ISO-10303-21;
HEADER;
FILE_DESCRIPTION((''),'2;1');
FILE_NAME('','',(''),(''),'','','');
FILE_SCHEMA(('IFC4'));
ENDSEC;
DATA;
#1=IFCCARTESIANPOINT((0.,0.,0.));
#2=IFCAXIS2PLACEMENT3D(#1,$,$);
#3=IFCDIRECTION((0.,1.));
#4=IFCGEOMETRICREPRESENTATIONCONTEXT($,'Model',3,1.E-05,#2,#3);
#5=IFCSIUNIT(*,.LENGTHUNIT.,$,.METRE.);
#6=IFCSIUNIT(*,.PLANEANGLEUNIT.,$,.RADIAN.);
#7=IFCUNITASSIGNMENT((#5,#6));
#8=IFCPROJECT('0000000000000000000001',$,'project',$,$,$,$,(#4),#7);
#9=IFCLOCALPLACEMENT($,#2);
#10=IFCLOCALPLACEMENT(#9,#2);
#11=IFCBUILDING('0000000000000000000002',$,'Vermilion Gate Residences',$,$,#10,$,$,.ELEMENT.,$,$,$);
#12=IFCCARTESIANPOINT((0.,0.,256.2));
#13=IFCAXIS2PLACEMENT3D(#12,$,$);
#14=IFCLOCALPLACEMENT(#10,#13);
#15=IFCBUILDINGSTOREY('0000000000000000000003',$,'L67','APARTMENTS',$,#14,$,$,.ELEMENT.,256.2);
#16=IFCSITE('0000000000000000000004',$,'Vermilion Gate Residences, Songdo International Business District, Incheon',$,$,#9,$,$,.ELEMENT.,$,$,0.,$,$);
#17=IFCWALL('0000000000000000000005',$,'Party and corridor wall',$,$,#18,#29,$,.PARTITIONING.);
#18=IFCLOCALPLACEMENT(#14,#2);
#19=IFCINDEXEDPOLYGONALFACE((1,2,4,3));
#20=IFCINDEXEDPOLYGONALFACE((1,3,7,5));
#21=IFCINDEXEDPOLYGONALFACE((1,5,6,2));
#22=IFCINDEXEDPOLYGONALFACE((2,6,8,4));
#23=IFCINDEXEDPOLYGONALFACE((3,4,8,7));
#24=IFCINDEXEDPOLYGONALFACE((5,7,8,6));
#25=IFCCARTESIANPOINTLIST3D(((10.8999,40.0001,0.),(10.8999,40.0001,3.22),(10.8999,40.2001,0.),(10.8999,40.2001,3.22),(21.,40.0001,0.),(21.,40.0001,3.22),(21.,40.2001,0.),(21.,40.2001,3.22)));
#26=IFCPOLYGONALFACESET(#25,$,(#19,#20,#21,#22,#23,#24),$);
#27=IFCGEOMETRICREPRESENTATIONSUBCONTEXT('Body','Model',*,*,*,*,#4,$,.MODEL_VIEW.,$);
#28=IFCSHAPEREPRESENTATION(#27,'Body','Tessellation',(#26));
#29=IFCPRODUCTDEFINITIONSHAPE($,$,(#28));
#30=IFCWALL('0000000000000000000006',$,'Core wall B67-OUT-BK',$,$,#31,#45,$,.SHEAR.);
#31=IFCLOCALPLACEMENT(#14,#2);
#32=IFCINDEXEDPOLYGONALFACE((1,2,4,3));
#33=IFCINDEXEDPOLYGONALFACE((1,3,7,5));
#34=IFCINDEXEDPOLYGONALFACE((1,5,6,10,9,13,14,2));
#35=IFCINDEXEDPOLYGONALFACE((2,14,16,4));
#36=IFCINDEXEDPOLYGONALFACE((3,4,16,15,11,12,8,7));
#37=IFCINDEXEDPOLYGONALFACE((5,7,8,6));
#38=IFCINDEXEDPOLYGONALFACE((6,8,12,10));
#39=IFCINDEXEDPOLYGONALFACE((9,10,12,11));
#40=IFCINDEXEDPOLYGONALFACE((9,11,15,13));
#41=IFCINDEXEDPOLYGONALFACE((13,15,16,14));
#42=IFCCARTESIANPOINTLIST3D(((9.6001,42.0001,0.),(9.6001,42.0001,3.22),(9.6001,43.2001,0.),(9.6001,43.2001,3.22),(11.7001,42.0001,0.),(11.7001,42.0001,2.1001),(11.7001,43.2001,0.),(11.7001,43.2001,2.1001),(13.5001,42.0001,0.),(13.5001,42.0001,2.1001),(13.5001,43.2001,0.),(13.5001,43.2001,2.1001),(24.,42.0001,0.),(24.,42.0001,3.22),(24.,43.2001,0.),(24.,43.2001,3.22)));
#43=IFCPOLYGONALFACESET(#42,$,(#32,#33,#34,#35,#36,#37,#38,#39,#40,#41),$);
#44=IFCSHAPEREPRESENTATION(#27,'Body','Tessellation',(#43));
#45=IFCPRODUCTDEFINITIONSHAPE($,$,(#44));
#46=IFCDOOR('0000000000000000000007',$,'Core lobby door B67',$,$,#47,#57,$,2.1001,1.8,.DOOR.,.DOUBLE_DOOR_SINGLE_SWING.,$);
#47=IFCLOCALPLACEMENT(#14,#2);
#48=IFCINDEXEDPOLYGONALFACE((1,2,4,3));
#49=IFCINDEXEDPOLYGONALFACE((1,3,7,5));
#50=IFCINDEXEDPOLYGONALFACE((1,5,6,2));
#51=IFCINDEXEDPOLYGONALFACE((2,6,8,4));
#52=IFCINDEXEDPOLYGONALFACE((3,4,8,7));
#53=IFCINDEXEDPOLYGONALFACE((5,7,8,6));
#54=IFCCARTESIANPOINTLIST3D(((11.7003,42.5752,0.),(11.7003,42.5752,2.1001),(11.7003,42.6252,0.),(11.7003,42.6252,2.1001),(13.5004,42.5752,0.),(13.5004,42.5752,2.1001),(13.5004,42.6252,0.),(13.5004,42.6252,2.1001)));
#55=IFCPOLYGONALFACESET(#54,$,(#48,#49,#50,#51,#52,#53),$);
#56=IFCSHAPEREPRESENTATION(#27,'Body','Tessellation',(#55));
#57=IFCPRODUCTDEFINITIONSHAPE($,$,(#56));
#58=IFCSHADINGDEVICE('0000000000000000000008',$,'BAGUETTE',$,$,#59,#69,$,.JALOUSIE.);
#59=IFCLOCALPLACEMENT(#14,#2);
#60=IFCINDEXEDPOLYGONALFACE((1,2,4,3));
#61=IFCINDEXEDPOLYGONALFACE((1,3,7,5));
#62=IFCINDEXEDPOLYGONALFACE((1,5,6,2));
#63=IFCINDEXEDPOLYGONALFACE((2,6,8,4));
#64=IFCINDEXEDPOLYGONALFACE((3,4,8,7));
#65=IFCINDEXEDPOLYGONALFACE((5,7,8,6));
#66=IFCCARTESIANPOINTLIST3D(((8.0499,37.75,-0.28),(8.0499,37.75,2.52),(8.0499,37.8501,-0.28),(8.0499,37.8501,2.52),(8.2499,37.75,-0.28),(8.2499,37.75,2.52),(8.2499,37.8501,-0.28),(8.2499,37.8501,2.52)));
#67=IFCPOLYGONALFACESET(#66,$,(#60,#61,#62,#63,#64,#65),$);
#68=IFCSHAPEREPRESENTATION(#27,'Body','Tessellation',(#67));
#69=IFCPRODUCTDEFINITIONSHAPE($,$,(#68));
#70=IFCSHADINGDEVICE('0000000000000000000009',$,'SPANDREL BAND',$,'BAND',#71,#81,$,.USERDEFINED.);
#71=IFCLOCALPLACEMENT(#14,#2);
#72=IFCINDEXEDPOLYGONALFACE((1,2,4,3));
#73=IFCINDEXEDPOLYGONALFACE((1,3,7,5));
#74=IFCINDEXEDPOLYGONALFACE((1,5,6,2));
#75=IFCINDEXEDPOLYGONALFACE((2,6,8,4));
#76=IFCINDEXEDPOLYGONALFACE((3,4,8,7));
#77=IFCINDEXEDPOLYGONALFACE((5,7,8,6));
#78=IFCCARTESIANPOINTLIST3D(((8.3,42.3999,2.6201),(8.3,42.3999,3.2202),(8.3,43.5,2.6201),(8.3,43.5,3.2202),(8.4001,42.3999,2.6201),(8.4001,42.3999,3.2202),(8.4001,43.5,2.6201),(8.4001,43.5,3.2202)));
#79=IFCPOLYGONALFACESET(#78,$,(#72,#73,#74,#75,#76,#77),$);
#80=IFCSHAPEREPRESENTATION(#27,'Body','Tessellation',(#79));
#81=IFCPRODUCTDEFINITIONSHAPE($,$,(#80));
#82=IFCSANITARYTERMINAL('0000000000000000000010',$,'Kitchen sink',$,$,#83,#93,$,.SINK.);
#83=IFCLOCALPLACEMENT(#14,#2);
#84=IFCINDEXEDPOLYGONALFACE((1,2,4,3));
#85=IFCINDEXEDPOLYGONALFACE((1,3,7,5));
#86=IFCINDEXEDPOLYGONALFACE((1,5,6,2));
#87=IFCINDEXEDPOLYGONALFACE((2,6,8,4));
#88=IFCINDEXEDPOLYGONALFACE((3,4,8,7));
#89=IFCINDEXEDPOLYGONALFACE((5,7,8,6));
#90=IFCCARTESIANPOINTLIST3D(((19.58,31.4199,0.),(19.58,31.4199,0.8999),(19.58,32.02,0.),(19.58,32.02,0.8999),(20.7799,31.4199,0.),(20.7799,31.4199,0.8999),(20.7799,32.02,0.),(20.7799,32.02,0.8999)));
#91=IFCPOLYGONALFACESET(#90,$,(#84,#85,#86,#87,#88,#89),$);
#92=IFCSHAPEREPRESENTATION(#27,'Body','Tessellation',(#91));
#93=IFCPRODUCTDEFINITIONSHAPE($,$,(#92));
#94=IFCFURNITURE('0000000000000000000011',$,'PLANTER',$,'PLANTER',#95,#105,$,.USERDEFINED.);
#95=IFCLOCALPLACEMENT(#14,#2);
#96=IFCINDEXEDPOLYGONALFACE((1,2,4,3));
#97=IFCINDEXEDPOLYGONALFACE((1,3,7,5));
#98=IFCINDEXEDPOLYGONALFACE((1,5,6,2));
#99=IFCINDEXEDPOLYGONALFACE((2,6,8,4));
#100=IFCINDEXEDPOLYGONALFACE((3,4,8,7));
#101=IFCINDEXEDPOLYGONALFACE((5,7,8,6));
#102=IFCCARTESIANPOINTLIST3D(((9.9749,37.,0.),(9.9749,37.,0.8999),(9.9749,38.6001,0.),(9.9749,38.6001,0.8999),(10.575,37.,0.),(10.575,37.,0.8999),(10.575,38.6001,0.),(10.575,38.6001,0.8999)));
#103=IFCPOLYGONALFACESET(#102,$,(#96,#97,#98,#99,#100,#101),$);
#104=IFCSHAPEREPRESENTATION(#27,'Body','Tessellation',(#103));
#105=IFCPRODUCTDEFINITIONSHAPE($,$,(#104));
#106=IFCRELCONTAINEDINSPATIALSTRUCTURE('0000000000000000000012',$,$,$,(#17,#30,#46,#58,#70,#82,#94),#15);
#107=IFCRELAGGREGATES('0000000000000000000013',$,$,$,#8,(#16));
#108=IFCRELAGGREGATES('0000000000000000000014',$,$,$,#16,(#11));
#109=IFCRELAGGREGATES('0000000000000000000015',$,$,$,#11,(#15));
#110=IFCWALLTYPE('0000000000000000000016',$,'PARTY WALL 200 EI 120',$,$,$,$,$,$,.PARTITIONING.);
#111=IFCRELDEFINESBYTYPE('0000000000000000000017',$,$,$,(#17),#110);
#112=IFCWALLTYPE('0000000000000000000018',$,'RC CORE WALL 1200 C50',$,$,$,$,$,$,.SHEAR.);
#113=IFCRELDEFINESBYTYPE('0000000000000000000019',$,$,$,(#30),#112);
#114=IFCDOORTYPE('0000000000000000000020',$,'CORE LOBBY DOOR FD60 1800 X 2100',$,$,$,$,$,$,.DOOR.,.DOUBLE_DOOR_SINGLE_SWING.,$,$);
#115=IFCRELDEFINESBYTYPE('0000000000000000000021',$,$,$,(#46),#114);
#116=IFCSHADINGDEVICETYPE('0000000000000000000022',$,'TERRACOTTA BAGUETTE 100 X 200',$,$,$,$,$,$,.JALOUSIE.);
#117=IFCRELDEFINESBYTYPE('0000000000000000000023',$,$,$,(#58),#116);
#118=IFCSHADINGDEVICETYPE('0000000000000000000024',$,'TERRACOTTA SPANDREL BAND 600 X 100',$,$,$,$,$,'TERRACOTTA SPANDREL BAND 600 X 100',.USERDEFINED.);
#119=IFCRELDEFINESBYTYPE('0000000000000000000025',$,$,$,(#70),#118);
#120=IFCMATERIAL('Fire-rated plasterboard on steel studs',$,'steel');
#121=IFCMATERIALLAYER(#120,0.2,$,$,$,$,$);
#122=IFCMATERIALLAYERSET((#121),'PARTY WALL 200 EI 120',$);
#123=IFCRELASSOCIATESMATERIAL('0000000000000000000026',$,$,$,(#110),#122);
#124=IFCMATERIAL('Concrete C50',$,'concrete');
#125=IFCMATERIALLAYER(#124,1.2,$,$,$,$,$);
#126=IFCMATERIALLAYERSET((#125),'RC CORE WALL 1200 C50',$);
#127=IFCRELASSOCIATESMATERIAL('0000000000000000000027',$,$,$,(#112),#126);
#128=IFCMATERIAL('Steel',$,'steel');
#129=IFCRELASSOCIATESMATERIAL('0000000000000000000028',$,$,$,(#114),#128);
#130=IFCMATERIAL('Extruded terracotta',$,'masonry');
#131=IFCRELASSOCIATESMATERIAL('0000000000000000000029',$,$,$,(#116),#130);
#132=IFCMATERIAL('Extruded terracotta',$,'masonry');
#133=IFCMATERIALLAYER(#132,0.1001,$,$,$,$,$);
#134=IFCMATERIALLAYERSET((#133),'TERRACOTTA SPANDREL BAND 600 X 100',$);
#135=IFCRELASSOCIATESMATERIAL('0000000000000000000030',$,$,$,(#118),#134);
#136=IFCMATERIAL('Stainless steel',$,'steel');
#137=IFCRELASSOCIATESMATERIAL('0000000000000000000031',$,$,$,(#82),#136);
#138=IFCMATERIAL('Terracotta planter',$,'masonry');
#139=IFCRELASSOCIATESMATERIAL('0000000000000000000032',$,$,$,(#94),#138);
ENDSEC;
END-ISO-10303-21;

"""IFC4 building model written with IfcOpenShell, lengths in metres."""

from ifc_helpers import new_model, si_unit, direction, frame, frame_2d, origin, origin_2d, place, context, subcontext, project, spatial, rectangle, extrude, material, layer, layer_set, material_profile, profile_set, type_object, element, fill, save


model = new_model("IFC4")

# Units and contexts
model_context = context("Model", 3, precision=1e-05, world=origin(), true_north=direction((0.0, 1.0)))
body_context = subcontext(model_context, "Body", "Model", "MODEL_VIEW")
ifc_project = project(units=[si_unit("LENGTHUNIT", "METRE"), si_unit("PLANEANGLEUNIT", "RADIAN")], contexts=[model_context])

# Site, building, storey
site_placement = place(None, origin())
site = spatial("IfcSite", under=ifc_project, at=site_placement, Name="Vermilion Gate Residences, Songdo International Business District, Incheon", CompositionType="ELEMENT", RefElevation=0.0)
building_placement = place(site_placement, origin())
building = spatial("IfcBuilding", under=site, at=building_placement, Name="Vermilion Gate Residences", CompositionType="ELEMENT")
storey_placement = place(building_placement, frame((0.0, 0.0, 256.2)))
storey = spatial("IfcBuildingStorey", under=building, at=storey_placement, Name="L67", Description="APARTMENTS", CompositionType="ELEMENT", Elevation=256.2)

# Wall
ifc_material_1 = material(Name="Fire-rated plasterboard on steel studs", Category="steel")
ifc_layer_1 = layer(ifc_material_1, 0.2)
ifc_layer_set_1 = layer_set([ifc_layer_1], Name="PARTY WALL 200 EI 120")
wall_type_1 = type_object("IfcWallType", Name="PARTY WALL 200 EI 120", PredefinedType="PARTITIONING", material=ifc_layer_set_1)
wall_1_placement = place(storey_placement, frame((10.8999, 40.1001, 0.0), z_axis=(0.0, 0.0, 1.0), x_axis=(1.0, 0.0, 0.0)))
element("IfcWall", 1, at=wall_1_placement, inside=storey, type_object=wall_type_1, Name="Party and corridor wall", PredefinedType="PARTITIONING", context=body_context, shape_type="SweptSolid", body=[
    extrude(rectangle(XDim=10.1001, YDim=0.2, at=frame_2d((5.05, 0.0))), origin(), (0.0, 0.0, 1.0), 3.22),
])

# Wall, opening, door
ifc_material_2 = material(Name="Concrete C50", Category="concrete")
ifc_layer_2 = layer(ifc_material_2, 1.2)
ifc_layer_set_2 = layer_set([ifc_layer_2], Name="RC CORE WALL 1200 C50")
wall_type_2 = type_object("IfcWallType", Name="RC CORE WALL 1200 C50", PredefinedType="SHEAR", material=ifc_layer_set_2)
wall_2_placement = place(storey_placement, frame((9.6001, 42.6001, 0.0), z_axis=(0.0, 0.0, 1.0), x_axis=(1.0, 0.0, 0.0)))
wall_2 = element("IfcWall", 2, at=wall_2_placement, inside=storey, type_object=wall_type_2, Name="Core wall B67-OUT-BK", PredefinedType="SHEAR", context=body_context, shape_type="SweptSolid", body=[
    extrude(rectangle(XDim=14.3999, YDim=1.2, at=frame_2d((7.2, 0.0))), origin(), (0.0, 0.0, 1.0), 3.22),
])
opening_1_placement = place(wall_2_placement, frame((2.1001, 0.0, 0.0)))
opening_1 = element("IfcOpeningElement", 3, at=opening_1_placement, cuts=wall_2, PredefinedType="OPENING", context=body_context, shape_type="SweptSolid", body=[
    extrude(rectangle(XDim=1.8, YDim=2.1001, at=frame_2d((0.8999, 1.05))), frame((0.0, 0.6099, 0.0), z_axis=(0.0, -1.0, 0.0), x_axis=(1.0, 0.0, 0.0)), (0.0, 0.0, 1.0), 1.22),
])
ifc_material_3 = material(Name="Steel", Category="steel")
door_type_1 = type_object("IfcDoorType", Name="CORE LOBBY DOOR FD60 1800 X 2100", OperationType="DOUBLE_DOOR_SINGLE_SWING", PredefinedType="DOOR", material=ifc_material_3)
door_1_placement = place(opening_1_placement, frame((1.8, 0.0, 0.0), z_axis=(0.0, 0.0, 1.0), x_axis=(-1.0, 0.0, 0.0)))
door_1 = element("IfcDoor", 4, at=door_1_placement, inside=storey, type_object=door_type_1, Name="Core lobby door B67", OperationType="DOUBLE_DOOR_SINGLE_SWING", OverallHeight=2.1001, OverallWidth=1.8, PredefinedType="DOOR", context=body_context, shape_type="SweptSolid", body=[
    extrude(rectangle(XDim=1.8, YDim=2.1001, at=frame_2d((0.8999, 1.05))), frame((0.0, 0.0249, 0.0), z_axis=(0.0, -1.0, 0.0), x_axis=(1.0, 0.0, 0.0)), (0.0, 0.0, 1.0), 0.05),
])
fill(opening_1, door_1)

# Shading devices
ifc_material_4 = material(Name="Extruded terracotta", Category="masonry")
ifc_material_profile_1 = material_profile(ifc_material_4, rectangle(XDim=0.2, YDim=0.1001, at=origin_2d()), Name="BAGUETTE 100 X 200")
ifc_profile_set_1 = profile_set([ifc_material_profile_1], Name="Extruded terracotta")
shading_device_type_1 = type_object("IfcShadingDeviceType", Name="TERRACOTTA BAGUETTE 100 X 200", PredefinedType="JALOUSIE", material=ifc_profile_set_1)
shading_device_1_placement = place(storey_placement, frame((8.1499, 37.8, -0.28), z_axis=(0.0, 0.0, 1.0), x_axis=(1.0, 0.0, 0.0)))
element("IfcShadingDevice", 5, at=shading_device_1_placement, inside=storey, type_object=shading_device_type_1, Name="BAGUETTE", PredefinedType="JALOUSIE", context=body_context, shape_type="SweptSolid", body=[
    extrude(rectangle(XDim=0.2, YDim=0.1001, at=origin_2d()), origin(), (0.0, 0.0, 1.0), 2.8),
])
ifc_material_5 = material(Name="Extruded terracotta", Category="masonry")
ifc_layer_3 = layer(ifc_material_5, 0.1001)
ifc_layer_set_3 = layer_set([ifc_layer_3], Name="TERRACOTTA SPANDREL BAND 600 X 100")
shading_device_type_2 = type_object("IfcShadingDeviceType", Name="TERRACOTTA SPANDREL BAND 600 X 100", ElementType="TERRACOTTA SPANDREL BAND 600 X 100", PredefinedType="USERDEFINED", material=ifc_layer_set_3)
shading_device_2_placement = place(storey_placement, frame((8.3501, 42.95, 2.6201), z_axis=(0.0, 0.0, 1.0), x_axis=(0.0, 1.0, 0.0)))
element("IfcShadingDevice", 6, at=shading_device_2_placement, inside=storey, type_object=shading_device_type_2, Name="SPANDREL BAND", ObjectType="BAND", PredefinedType="USERDEFINED", context=body_context, shape_type="SweptSolid", body=[
    extrude(rectangle(XDim=1.1001, YDim=0.1001, at=origin_2d()), origin(), (0.0, 0.0, 1.0), 0.6001),
])

# Sanitary terminal
ifc_material_6 = material(Name="Stainless steel", Category="steel")
sanitary_terminal_placement = place(storey_placement, frame((20.1799, 31.72, 0.0), z_axis=(0.0, 0.0, 1.0), x_axis=(1.0, 0.0, 0.0)))
element("IfcSanitaryTerminal", 7, at=sanitary_terminal_placement, inside=storey, material=ifc_material_6, Name="Kitchen sink", PredefinedType="SINK", context=body_context, shape_type="SweptSolid", body=[
    extrude(rectangle(XDim=1.2, YDim=0.6001, at=origin_2d()), origin(), (0.0, 0.0, 1.0), 0.8999),
])

# Furniture
ifc_material_7 = material(Name="Terracotta planter", Category="masonry")
furniture_placement = place(storey_placement, frame((10.2749, 37.8, 0.0), z_axis=(0.0, 0.0, 1.0), x_axis=(0.0, -1.0, 0.0)))
element("IfcFurniture", 8, at=furniture_placement, inside=storey, material=ifc_material_7, Name="PLANTER", ObjectType="PLANTER", PredefinedType="USERDEFINED", context=body_context, shape_type="SweptSolid", body=[
    extrude(rectangle(XDim=1.6001, YDim=0.6001, at=origin_2d()), origin(), (0.0, 0.0, 1.0), 0.8999),
])

save(model, "model.ifc")
